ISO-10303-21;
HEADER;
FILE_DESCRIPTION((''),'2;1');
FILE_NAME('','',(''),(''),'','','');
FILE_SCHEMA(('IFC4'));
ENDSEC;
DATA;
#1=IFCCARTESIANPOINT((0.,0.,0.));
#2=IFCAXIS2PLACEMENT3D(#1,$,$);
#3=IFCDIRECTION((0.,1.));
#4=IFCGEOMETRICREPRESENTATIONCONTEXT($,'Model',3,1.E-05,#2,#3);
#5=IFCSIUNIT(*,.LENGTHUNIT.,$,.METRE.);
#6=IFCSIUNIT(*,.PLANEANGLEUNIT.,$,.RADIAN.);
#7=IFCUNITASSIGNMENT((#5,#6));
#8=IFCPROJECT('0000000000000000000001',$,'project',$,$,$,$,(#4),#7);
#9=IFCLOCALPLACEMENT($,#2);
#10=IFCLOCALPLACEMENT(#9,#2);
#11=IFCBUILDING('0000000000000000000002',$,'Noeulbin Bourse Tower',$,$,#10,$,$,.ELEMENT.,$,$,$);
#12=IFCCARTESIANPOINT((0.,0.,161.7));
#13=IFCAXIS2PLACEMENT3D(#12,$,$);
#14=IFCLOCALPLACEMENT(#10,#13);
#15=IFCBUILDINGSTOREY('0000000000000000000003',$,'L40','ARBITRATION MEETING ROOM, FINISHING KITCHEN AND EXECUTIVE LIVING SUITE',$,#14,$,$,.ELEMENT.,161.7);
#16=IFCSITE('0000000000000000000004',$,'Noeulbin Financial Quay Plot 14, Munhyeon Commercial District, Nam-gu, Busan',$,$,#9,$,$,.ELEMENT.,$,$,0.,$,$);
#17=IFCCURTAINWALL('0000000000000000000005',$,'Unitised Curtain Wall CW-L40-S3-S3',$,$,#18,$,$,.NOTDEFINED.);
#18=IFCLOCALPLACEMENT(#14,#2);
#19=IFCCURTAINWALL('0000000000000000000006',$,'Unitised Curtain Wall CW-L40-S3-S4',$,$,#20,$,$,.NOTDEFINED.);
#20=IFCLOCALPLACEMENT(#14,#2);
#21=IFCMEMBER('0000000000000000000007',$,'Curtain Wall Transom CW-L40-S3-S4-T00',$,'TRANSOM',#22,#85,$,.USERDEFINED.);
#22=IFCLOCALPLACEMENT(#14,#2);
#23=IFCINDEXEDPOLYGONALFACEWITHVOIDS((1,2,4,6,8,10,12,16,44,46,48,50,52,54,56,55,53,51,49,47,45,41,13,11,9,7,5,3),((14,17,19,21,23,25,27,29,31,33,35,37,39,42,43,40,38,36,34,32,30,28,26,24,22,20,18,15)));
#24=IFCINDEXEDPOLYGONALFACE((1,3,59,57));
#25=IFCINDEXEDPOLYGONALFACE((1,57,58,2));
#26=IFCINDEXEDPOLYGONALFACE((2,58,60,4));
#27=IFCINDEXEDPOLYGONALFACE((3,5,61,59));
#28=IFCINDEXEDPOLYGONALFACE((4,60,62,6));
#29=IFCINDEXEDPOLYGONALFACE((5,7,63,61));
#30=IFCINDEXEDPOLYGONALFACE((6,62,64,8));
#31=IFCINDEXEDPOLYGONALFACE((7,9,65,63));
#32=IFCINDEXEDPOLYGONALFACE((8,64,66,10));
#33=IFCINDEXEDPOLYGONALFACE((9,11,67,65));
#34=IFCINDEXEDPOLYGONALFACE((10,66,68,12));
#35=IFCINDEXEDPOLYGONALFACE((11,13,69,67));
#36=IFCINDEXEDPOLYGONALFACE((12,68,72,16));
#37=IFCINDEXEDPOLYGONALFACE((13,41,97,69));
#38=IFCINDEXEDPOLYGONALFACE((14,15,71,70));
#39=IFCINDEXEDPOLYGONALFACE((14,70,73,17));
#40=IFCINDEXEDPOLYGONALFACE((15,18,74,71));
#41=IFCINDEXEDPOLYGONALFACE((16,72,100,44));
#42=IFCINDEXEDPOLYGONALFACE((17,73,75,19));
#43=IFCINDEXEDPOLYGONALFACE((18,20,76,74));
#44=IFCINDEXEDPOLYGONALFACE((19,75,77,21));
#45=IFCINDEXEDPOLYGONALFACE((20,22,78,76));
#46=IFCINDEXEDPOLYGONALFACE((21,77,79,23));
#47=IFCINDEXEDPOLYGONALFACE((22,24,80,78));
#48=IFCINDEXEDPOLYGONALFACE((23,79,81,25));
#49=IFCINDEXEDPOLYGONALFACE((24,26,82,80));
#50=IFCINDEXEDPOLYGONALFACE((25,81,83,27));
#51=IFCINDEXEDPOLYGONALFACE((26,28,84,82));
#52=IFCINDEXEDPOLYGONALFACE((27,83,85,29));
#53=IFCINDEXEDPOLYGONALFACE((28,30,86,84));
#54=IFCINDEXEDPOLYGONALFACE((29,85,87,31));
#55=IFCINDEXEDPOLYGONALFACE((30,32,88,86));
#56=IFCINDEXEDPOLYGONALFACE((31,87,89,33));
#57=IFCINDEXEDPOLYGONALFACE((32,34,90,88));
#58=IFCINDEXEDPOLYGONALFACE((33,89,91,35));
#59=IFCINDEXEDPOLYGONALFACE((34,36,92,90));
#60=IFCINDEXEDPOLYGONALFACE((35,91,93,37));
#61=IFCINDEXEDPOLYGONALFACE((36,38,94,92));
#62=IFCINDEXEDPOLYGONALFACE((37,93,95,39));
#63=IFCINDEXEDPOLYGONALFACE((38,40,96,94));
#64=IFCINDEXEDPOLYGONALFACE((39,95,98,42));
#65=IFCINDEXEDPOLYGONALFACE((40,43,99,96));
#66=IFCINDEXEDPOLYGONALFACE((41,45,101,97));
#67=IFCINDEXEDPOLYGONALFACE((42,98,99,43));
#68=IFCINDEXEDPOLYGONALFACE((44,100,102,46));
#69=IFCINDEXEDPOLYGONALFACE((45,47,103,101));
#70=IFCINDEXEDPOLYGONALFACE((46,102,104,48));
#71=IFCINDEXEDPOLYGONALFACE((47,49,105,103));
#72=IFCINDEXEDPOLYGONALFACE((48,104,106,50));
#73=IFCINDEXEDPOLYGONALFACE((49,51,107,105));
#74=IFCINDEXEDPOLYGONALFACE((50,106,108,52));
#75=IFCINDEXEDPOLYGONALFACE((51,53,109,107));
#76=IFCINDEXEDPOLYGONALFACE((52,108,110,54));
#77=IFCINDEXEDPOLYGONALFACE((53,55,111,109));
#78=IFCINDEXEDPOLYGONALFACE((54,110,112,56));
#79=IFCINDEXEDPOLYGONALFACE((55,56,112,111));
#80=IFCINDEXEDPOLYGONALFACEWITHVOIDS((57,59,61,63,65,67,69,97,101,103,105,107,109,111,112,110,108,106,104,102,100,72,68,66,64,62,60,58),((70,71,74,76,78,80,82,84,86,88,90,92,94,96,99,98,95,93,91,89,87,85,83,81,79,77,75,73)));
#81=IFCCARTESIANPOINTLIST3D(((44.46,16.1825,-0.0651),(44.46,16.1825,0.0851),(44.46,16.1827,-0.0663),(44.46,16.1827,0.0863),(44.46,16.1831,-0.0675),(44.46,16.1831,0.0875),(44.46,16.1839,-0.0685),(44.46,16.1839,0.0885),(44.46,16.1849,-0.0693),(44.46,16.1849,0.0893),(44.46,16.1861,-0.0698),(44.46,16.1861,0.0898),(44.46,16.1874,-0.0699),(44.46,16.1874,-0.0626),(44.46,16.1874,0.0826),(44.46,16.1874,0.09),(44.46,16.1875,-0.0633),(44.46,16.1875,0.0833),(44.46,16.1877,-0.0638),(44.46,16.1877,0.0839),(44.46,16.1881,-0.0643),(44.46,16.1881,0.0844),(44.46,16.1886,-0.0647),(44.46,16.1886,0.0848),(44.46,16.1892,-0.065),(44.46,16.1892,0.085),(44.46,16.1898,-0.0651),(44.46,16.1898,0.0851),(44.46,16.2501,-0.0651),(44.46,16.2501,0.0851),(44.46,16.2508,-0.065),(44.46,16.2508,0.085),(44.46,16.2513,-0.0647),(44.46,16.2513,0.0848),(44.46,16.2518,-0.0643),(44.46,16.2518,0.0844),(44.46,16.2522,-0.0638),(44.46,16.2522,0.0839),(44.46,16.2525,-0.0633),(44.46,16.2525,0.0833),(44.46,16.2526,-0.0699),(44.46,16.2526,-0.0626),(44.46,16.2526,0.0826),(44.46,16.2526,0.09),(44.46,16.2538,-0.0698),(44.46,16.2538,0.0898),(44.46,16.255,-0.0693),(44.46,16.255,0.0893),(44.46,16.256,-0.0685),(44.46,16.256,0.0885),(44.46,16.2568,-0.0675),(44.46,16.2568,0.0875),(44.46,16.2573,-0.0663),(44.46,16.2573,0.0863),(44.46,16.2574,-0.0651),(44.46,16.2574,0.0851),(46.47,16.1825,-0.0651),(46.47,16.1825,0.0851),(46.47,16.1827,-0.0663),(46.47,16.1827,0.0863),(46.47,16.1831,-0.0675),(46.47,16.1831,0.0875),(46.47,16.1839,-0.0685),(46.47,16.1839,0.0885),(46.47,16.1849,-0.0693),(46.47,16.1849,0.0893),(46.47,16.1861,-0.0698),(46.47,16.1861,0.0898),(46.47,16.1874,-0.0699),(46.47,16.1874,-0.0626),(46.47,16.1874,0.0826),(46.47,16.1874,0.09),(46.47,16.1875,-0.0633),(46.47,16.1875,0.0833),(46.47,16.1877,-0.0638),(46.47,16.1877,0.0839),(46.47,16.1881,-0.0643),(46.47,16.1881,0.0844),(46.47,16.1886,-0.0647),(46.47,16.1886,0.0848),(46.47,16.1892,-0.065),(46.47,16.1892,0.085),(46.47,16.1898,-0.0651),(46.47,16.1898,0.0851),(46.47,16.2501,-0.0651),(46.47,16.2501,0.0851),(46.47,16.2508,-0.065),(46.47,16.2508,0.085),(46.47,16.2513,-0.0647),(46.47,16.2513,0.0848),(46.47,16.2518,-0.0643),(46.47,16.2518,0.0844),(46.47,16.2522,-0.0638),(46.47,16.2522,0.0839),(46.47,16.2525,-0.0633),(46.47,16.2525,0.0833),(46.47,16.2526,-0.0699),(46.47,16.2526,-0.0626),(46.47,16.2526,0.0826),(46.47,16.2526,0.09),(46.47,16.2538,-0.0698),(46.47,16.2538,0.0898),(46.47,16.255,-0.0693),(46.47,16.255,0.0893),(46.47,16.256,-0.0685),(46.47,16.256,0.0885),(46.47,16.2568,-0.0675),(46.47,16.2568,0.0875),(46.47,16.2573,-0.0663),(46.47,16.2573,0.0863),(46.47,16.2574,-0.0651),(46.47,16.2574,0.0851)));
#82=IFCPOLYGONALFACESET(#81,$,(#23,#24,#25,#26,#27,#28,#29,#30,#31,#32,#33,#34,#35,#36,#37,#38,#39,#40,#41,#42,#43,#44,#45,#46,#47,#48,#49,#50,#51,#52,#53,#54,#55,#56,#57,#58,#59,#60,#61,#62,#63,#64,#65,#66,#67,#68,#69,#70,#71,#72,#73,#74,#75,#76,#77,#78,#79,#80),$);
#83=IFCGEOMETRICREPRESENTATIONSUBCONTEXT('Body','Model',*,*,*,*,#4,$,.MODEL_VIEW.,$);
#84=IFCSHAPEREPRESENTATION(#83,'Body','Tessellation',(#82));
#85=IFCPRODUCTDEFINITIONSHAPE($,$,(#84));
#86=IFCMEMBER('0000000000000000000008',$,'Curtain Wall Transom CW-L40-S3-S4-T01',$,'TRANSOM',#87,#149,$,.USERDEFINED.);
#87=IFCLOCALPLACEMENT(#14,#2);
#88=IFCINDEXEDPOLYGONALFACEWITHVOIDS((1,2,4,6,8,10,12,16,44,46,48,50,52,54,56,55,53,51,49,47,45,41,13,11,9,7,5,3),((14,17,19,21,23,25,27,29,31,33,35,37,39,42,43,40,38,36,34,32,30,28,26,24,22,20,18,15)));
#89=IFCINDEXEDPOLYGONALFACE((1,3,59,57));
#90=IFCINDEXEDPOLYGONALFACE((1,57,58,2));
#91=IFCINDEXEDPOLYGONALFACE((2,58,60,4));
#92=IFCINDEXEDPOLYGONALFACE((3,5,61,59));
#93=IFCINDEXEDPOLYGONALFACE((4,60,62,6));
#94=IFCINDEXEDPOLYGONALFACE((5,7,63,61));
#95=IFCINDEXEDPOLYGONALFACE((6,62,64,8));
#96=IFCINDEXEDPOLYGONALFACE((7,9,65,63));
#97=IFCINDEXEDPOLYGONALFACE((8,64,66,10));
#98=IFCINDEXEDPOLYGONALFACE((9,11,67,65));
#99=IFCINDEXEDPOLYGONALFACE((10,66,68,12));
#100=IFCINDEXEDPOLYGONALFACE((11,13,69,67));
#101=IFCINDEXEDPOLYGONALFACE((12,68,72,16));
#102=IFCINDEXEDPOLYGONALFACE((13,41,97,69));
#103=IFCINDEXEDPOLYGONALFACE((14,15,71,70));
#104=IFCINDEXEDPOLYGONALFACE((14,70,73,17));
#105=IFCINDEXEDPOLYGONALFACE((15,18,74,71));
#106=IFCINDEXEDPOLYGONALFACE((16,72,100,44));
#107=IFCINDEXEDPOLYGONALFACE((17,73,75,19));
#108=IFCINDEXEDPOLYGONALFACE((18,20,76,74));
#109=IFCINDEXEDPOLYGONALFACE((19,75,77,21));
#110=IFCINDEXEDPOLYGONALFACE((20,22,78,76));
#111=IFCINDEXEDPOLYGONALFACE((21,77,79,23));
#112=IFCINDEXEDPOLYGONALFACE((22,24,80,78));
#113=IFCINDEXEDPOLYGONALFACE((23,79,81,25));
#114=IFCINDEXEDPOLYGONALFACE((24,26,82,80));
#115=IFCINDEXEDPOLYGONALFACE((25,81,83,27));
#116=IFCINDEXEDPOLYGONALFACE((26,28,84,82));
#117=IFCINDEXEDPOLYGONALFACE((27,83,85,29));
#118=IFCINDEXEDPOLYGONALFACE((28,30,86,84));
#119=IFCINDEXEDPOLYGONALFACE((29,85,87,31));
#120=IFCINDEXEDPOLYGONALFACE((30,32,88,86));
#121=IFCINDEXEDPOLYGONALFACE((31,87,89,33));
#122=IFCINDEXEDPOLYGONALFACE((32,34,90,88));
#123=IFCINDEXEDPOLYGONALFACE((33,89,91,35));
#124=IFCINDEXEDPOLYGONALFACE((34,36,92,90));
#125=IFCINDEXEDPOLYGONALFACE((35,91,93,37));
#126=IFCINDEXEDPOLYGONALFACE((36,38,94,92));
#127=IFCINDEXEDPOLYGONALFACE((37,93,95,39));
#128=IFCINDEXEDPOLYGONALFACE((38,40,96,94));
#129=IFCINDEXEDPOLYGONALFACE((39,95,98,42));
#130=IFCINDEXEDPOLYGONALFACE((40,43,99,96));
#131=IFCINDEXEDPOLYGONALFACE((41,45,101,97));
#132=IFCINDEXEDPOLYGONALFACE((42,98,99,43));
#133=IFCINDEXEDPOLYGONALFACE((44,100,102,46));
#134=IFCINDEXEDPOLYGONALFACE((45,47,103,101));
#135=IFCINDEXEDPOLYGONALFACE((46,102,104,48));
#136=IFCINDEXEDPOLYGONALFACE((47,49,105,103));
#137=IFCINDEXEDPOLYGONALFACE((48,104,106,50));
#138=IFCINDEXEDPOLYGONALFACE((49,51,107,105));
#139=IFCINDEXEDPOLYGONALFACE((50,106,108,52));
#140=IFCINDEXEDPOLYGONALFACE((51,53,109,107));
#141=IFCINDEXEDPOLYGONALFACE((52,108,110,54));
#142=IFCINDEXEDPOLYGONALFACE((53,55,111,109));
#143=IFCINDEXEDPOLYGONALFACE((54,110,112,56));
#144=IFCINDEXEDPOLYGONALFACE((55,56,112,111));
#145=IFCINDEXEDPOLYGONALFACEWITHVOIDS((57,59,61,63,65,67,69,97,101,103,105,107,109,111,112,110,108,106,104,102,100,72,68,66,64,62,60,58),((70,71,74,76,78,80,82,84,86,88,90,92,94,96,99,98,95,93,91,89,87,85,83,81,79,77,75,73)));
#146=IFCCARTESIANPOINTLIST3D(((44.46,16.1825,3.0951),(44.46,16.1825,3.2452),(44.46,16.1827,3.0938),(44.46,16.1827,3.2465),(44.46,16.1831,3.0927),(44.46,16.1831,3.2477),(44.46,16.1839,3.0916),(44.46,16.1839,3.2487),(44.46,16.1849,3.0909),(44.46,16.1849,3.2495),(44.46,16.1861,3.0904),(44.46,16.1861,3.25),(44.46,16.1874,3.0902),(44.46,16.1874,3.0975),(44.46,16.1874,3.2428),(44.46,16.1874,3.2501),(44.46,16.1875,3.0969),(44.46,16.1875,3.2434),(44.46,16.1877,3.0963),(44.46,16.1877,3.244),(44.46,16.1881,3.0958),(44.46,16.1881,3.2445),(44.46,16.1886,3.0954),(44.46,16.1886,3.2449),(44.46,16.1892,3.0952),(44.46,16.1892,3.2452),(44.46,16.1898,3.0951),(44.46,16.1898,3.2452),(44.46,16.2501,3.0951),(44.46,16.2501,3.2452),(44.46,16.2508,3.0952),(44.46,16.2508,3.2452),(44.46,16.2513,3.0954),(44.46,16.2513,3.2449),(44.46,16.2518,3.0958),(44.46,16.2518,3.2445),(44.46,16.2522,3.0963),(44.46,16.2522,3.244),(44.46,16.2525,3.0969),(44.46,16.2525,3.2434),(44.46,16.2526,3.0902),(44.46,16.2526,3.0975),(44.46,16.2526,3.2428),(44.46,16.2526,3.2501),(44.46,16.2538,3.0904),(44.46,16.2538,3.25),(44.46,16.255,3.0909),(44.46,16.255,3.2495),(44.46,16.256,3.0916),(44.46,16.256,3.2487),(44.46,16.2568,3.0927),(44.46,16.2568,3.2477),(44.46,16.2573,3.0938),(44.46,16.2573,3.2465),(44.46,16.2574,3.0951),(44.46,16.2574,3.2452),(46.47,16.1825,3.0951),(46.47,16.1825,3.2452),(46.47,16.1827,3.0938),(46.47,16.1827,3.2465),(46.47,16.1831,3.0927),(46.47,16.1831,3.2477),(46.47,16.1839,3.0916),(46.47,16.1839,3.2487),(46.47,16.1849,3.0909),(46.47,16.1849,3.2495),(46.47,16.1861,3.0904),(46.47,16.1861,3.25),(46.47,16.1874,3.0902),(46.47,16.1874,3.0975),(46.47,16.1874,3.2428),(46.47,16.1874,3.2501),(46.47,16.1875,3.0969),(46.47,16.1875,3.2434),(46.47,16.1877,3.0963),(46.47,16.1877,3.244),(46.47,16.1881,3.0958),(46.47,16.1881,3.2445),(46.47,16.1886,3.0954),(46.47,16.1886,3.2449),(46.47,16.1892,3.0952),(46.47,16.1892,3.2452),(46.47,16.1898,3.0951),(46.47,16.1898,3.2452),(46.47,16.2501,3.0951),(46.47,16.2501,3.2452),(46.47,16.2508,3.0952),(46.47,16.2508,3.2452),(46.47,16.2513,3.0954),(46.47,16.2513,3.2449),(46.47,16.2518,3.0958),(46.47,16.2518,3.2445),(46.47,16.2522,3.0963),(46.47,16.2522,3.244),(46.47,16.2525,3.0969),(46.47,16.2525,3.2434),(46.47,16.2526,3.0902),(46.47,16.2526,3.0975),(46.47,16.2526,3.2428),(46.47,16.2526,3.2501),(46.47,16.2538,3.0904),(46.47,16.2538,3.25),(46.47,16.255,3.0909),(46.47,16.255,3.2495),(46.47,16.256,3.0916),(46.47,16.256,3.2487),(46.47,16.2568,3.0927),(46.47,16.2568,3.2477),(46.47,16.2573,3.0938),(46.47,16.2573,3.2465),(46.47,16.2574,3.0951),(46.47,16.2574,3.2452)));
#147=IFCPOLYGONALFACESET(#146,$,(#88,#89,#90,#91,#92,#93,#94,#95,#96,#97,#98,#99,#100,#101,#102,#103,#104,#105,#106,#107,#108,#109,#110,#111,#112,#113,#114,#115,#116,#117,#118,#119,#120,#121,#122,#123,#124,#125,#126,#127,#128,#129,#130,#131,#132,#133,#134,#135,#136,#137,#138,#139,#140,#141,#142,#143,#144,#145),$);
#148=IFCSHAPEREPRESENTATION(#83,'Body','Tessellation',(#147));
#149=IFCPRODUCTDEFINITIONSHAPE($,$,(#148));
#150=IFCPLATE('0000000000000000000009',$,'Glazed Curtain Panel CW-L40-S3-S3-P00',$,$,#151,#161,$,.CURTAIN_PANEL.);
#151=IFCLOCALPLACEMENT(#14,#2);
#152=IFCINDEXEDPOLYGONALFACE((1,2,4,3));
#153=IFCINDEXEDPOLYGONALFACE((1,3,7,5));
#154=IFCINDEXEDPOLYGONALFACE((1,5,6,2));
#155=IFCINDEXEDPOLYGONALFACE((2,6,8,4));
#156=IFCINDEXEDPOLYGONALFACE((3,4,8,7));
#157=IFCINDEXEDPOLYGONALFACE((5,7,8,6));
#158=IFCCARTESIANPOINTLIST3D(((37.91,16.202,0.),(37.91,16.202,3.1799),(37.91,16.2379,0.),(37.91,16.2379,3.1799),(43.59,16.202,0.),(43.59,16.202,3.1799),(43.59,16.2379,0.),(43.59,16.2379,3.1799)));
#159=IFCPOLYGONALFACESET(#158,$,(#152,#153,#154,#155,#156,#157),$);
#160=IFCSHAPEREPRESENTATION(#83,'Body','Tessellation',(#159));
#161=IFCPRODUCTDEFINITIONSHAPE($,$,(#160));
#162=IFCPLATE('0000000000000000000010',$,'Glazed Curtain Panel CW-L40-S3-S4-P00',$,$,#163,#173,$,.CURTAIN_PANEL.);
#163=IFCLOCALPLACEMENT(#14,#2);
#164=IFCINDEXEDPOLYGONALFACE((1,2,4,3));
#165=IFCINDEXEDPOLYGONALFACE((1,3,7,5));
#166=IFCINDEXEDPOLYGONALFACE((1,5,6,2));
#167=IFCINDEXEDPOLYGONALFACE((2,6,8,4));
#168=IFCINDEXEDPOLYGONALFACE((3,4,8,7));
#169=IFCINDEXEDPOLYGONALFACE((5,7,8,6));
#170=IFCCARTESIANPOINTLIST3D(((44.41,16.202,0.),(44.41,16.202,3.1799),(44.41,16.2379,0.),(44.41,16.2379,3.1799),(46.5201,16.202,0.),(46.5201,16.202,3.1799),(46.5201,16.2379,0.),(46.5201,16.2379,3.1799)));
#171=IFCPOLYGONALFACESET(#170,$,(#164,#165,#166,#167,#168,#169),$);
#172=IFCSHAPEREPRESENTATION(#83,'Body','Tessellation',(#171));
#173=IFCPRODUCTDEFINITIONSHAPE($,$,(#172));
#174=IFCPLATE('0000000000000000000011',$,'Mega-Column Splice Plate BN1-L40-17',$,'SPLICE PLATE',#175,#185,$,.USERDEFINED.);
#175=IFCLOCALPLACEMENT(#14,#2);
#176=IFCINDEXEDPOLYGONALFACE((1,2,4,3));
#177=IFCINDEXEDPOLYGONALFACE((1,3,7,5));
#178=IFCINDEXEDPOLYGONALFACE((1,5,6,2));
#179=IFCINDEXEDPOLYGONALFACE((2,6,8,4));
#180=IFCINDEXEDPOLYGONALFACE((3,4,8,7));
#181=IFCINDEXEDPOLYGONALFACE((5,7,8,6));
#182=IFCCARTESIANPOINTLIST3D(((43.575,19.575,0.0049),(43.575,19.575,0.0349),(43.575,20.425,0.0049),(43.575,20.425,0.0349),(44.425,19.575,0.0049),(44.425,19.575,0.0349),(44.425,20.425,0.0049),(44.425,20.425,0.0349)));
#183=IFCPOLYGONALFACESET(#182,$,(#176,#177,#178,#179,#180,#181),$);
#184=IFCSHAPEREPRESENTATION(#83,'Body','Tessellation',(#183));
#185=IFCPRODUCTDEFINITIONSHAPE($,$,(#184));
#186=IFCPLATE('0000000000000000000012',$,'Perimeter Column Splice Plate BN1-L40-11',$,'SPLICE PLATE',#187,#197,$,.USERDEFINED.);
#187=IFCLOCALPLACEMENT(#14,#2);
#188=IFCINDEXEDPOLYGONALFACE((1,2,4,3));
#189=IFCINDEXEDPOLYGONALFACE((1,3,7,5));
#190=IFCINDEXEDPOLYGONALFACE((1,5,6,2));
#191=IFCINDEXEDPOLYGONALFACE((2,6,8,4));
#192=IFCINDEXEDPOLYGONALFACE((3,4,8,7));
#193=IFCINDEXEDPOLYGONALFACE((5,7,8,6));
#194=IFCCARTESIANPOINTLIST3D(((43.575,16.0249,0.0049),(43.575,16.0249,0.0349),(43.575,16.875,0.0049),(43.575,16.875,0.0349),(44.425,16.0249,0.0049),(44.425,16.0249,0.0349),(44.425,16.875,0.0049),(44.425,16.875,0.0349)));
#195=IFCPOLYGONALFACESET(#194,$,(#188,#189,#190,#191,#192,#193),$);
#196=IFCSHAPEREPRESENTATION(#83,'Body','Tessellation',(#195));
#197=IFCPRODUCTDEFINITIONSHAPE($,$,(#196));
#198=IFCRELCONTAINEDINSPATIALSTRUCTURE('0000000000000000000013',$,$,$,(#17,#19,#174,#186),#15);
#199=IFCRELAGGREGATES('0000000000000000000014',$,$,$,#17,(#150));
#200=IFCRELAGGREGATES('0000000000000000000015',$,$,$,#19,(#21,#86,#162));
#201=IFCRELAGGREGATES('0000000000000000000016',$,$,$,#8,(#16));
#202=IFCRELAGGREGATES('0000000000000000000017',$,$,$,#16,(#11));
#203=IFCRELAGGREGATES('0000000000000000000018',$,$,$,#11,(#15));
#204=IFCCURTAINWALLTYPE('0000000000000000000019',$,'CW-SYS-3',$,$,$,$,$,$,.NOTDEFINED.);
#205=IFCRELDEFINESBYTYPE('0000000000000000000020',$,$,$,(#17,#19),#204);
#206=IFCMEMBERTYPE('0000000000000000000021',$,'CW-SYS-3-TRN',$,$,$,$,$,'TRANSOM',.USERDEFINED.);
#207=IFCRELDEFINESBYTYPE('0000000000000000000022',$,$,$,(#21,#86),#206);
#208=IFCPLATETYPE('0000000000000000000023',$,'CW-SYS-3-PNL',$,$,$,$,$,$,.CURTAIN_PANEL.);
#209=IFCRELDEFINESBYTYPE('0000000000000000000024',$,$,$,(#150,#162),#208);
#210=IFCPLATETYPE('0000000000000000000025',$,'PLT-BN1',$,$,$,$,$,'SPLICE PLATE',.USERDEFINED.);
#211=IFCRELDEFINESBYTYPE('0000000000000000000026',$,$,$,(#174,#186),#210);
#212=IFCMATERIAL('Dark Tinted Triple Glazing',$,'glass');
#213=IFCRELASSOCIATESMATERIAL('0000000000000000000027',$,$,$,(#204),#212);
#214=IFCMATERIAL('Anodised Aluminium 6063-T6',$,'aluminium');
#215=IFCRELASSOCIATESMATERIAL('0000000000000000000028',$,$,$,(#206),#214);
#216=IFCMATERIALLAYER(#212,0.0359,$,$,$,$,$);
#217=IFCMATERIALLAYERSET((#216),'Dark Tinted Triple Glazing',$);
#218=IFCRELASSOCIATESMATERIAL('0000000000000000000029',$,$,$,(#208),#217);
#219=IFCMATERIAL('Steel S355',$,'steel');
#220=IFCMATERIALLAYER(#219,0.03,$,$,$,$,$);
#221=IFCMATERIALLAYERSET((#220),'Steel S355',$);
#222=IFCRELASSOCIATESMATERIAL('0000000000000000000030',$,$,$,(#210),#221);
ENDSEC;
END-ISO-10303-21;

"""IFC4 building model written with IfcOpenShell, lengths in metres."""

from ifc_helpers import new_model, si_unit, direction, frame, origin, origin_2d, place, context, subcontext, project, spatial, rectangle, hollow_rectangle, extrude, material, layer, layer_set, material_profile, profile_set, type_object, element, aggregate, save


model = new_model("IFC4")

# Units and contexts
model_context = context("Model", 3, precision=1e-05, world=origin(), true_north=direction((0.0, 1.0)))
body_context = subcontext(model_context, "Body", "Model", "MODEL_VIEW")
ifc_project = project(units=[si_unit("LENGTHUNIT", "METRE"), si_unit("PLANEANGLEUNIT", "RADIAN")], contexts=[model_context])

# Site, building, storey
site_placement = place(None, origin())
site = spatial("IfcSite", under=ifc_project, at=site_placement, Name="Noeulbin Financial Quay Plot 14, Munhyeon Commercial District, Nam-gu, Busan", CompositionType="ELEMENT", RefElevation=0.0)
building_placement = place(site_placement, origin())
building = spatial("IfcBuilding", under=site, at=building_placement, Name="Noeulbin Bourse Tower", CompositionType="ELEMENT")
storey_placement = place(building_placement, frame((0.0, 0.0, 161.7)))
storey = spatial("IfcBuildingStorey", under=building, at=storey_placement, Name="L40", Description="ARBITRATION MEETING ROOM, FINISHING KITCHEN AND EXECUTIVE LIVING SUITE", CompositionType="ELEMENT", Elevation=161.7)

# Shared definitions
ifc_material_1 = material(Name="Steel S355", Category="steel")

# Curtain wall
ifc_material_2 = material(Name="Dark Tinted Triple Glazing", Category="glass")
curtain_wall_type = type_object("IfcCurtainWallType", Name="CW-SYS-3", PredefinedType="NOTDEFINED", material=ifc_material_2)
curtain_wall_1_placement = place(storey_placement, origin())
curtain_wall_1 = element("IfcCurtainWall", 1, at=curtain_wall_1_placement, inside=storey, type_object=curtain_wall_type, Name="Unitised Curtain Wall CW-L40-S3-S3", PredefinedType="NOTDEFINED")
ifc_material_3 = material(Name="Anodised Aluminium 6063-T6", Category="aluminium")

# Curtain wall
curtain_wall_2_placement = place(storey_placement, origin())
curtain_wall_2 = element("IfcCurtainWall", 2, at=curtain_wall_2_placement, inside=storey, type_object=curtain_wall_type, Name="Unitised Curtain Wall CW-L40-S3-S4", PredefinedType="NOTDEFINED")

# Members
ifc_material_profile_1 = material_profile(ifc_material_3, hollow_rectangle(XDim=0.075, YDim=0.1599, WallThickness=0.0049, InnerFilletRadius=0.0024, OuterFilletRadius=0.0049, at=origin_2d()), Name="ALU-TRAN-75x160x5", Category="LoadBearing")
ifc_profile_set_1 = profile_set([ifc_material_profile_1], Name="Anodised Aluminium 6063-T6")
member_type_1 = type_object("IfcMemberType", Name="CW-SYS-3-TRN", ElementType="TRANSOM", PredefinedType="USERDEFINED", material=ifc_profile_set_1)
member_1_placement = place(storey_placement, frame((44.46, 16.22, 0.01), z_axis=(1.0, 0.0, 0.0), x_axis=(0.0, 1.0, 0.0)))
member_1 = element("IfcMember", 3, at=member_1_placement, type_object=member_type_1, Name="Curtain Wall Transom CW-L40-S3-S4-T00", ObjectType="TRANSOM", PredefinedType="USERDEFINED", context=body_context, shape_type="SweptSolid", body=[
    extrude(hollow_rectangle(XDim=0.075, YDim=0.1599, WallThickness=0.0049, InnerFilletRadius=0.0024, OuterFilletRadius=0.0049, at=origin_2d()), origin(), (0.0, 0.0, 1.0), 2.01),
])
member_2_placement = place(storey_placement, frame((44.46, 16.22, 3.1702), z_axis=(1.0, 0.0, 0.0), x_axis=(0.0, 1.0, 0.0)))
member_2 = element("IfcMember", 4, at=member_2_placement, type_object=member_type_1, Name="Curtain Wall Transom CW-L40-S3-S4-T01", ObjectType="TRANSOM", PredefinedType="USERDEFINED", context=body_context, shape_type="SweptSolid", body=[
    extrude(hollow_rectangle(XDim=0.075, YDim=0.1599, WallThickness=0.0049, InnerFilletRadius=0.0024, OuterFilletRadius=0.0049, at=origin_2d()), origin(), (0.0, 0.0, 1.0), 2.01),
])

# Plates
ifc_layer_1 = layer(ifc_material_2, 0.0359)
ifc_layer_set_1 = layer_set([ifc_layer_1], Name="Dark Tinted Triple Glazing")
plate_type_1 = type_object("IfcPlateType", Name="CW-SYS-3-PNL", PredefinedType="CURTAIN_PANEL", material=ifc_layer_set_1)
plate_1_placement = place(storey_placement, frame((40.75, 16.22, 0.0), z_axis=(0.0, 0.0, 1.0), x_axis=(1.0, 0.0, 0.0)))
plate_1 = element("IfcPlate", 5, at=plate_1_placement, type_object=plate_type_1, Name="Glazed Curtain Panel CW-L40-S3-S3-P00", PredefinedType="CURTAIN_PANEL", context=body_context, shape_type="SweptSolid", body=[
    extrude(rectangle(XDim=5.6799, YDim=0.0359, at=origin_2d()), origin(), (0.0, 0.0, 1.0), 3.1799),
])
aggregate(curtain_wall_1, [plate_1])
plate_2_placement = place(storey_placement, frame((45.4651, 16.22, 0.0), z_axis=(0.0, 0.0, 1.0), x_axis=(1.0, 0.0, 0.0)))
plate_2 = element("IfcPlate", 6, at=plate_2_placement, type_object=plate_type_1, Name="Glazed Curtain Panel CW-L40-S3-S4-P00", PredefinedType="CURTAIN_PANEL", context=body_context, shape_type="SweptSolid", body=[
    extrude(rectangle(XDim=2.1101, YDim=0.0359, at=origin_2d()), origin(), (0.0, 0.0, 1.0), 3.1799),
])
aggregate(curtain_wall_2, [member_1, member_2, plate_2])

# Plates
ifc_layer_2 = layer(ifc_material_1, 0.03)
ifc_layer_set_2 = layer_set([ifc_layer_2], Name="Steel S355")
plate_type_2 = type_object("IfcPlateType", Name="PLT-BN1", ElementType="SPLICE PLATE", PredefinedType="USERDEFINED", material=ifc_layer_set_2)
for number, where, z_axis, x_axis, name in (
    (7, (44.0, 20.0, 0.0049), (0.0, 0.0, 1.0), (1.0, 0.0, 0.0), "Mega-Column Splice Plate BN1-L40-17"),
    (8, (44.0, 16.45, 0.0049), (0.0, 0.0, 1.0), (1.0, 0.0, 0.0), "Perimeter Column Splice Plate BN1-L40-11"),
):
    element("IfcPlate", number, at=place(storey_placement, frame(where, z_axis=z_axis, x_axis=x_axis)), inside=storey, type_object=plate_type_2, Name=name, ObjectType="SPLICE PLATE", PredefinedType="USERDEFINED", context=body_context, shape_type="SweptSolid", body=[
        extrude(rectangle(XDim=0.8501, YDim=0.8501, at=origin_2d()), origin(), (0.0, 0.0, 1.0), 0.03),
    ])

save(model, "model.ifc")
